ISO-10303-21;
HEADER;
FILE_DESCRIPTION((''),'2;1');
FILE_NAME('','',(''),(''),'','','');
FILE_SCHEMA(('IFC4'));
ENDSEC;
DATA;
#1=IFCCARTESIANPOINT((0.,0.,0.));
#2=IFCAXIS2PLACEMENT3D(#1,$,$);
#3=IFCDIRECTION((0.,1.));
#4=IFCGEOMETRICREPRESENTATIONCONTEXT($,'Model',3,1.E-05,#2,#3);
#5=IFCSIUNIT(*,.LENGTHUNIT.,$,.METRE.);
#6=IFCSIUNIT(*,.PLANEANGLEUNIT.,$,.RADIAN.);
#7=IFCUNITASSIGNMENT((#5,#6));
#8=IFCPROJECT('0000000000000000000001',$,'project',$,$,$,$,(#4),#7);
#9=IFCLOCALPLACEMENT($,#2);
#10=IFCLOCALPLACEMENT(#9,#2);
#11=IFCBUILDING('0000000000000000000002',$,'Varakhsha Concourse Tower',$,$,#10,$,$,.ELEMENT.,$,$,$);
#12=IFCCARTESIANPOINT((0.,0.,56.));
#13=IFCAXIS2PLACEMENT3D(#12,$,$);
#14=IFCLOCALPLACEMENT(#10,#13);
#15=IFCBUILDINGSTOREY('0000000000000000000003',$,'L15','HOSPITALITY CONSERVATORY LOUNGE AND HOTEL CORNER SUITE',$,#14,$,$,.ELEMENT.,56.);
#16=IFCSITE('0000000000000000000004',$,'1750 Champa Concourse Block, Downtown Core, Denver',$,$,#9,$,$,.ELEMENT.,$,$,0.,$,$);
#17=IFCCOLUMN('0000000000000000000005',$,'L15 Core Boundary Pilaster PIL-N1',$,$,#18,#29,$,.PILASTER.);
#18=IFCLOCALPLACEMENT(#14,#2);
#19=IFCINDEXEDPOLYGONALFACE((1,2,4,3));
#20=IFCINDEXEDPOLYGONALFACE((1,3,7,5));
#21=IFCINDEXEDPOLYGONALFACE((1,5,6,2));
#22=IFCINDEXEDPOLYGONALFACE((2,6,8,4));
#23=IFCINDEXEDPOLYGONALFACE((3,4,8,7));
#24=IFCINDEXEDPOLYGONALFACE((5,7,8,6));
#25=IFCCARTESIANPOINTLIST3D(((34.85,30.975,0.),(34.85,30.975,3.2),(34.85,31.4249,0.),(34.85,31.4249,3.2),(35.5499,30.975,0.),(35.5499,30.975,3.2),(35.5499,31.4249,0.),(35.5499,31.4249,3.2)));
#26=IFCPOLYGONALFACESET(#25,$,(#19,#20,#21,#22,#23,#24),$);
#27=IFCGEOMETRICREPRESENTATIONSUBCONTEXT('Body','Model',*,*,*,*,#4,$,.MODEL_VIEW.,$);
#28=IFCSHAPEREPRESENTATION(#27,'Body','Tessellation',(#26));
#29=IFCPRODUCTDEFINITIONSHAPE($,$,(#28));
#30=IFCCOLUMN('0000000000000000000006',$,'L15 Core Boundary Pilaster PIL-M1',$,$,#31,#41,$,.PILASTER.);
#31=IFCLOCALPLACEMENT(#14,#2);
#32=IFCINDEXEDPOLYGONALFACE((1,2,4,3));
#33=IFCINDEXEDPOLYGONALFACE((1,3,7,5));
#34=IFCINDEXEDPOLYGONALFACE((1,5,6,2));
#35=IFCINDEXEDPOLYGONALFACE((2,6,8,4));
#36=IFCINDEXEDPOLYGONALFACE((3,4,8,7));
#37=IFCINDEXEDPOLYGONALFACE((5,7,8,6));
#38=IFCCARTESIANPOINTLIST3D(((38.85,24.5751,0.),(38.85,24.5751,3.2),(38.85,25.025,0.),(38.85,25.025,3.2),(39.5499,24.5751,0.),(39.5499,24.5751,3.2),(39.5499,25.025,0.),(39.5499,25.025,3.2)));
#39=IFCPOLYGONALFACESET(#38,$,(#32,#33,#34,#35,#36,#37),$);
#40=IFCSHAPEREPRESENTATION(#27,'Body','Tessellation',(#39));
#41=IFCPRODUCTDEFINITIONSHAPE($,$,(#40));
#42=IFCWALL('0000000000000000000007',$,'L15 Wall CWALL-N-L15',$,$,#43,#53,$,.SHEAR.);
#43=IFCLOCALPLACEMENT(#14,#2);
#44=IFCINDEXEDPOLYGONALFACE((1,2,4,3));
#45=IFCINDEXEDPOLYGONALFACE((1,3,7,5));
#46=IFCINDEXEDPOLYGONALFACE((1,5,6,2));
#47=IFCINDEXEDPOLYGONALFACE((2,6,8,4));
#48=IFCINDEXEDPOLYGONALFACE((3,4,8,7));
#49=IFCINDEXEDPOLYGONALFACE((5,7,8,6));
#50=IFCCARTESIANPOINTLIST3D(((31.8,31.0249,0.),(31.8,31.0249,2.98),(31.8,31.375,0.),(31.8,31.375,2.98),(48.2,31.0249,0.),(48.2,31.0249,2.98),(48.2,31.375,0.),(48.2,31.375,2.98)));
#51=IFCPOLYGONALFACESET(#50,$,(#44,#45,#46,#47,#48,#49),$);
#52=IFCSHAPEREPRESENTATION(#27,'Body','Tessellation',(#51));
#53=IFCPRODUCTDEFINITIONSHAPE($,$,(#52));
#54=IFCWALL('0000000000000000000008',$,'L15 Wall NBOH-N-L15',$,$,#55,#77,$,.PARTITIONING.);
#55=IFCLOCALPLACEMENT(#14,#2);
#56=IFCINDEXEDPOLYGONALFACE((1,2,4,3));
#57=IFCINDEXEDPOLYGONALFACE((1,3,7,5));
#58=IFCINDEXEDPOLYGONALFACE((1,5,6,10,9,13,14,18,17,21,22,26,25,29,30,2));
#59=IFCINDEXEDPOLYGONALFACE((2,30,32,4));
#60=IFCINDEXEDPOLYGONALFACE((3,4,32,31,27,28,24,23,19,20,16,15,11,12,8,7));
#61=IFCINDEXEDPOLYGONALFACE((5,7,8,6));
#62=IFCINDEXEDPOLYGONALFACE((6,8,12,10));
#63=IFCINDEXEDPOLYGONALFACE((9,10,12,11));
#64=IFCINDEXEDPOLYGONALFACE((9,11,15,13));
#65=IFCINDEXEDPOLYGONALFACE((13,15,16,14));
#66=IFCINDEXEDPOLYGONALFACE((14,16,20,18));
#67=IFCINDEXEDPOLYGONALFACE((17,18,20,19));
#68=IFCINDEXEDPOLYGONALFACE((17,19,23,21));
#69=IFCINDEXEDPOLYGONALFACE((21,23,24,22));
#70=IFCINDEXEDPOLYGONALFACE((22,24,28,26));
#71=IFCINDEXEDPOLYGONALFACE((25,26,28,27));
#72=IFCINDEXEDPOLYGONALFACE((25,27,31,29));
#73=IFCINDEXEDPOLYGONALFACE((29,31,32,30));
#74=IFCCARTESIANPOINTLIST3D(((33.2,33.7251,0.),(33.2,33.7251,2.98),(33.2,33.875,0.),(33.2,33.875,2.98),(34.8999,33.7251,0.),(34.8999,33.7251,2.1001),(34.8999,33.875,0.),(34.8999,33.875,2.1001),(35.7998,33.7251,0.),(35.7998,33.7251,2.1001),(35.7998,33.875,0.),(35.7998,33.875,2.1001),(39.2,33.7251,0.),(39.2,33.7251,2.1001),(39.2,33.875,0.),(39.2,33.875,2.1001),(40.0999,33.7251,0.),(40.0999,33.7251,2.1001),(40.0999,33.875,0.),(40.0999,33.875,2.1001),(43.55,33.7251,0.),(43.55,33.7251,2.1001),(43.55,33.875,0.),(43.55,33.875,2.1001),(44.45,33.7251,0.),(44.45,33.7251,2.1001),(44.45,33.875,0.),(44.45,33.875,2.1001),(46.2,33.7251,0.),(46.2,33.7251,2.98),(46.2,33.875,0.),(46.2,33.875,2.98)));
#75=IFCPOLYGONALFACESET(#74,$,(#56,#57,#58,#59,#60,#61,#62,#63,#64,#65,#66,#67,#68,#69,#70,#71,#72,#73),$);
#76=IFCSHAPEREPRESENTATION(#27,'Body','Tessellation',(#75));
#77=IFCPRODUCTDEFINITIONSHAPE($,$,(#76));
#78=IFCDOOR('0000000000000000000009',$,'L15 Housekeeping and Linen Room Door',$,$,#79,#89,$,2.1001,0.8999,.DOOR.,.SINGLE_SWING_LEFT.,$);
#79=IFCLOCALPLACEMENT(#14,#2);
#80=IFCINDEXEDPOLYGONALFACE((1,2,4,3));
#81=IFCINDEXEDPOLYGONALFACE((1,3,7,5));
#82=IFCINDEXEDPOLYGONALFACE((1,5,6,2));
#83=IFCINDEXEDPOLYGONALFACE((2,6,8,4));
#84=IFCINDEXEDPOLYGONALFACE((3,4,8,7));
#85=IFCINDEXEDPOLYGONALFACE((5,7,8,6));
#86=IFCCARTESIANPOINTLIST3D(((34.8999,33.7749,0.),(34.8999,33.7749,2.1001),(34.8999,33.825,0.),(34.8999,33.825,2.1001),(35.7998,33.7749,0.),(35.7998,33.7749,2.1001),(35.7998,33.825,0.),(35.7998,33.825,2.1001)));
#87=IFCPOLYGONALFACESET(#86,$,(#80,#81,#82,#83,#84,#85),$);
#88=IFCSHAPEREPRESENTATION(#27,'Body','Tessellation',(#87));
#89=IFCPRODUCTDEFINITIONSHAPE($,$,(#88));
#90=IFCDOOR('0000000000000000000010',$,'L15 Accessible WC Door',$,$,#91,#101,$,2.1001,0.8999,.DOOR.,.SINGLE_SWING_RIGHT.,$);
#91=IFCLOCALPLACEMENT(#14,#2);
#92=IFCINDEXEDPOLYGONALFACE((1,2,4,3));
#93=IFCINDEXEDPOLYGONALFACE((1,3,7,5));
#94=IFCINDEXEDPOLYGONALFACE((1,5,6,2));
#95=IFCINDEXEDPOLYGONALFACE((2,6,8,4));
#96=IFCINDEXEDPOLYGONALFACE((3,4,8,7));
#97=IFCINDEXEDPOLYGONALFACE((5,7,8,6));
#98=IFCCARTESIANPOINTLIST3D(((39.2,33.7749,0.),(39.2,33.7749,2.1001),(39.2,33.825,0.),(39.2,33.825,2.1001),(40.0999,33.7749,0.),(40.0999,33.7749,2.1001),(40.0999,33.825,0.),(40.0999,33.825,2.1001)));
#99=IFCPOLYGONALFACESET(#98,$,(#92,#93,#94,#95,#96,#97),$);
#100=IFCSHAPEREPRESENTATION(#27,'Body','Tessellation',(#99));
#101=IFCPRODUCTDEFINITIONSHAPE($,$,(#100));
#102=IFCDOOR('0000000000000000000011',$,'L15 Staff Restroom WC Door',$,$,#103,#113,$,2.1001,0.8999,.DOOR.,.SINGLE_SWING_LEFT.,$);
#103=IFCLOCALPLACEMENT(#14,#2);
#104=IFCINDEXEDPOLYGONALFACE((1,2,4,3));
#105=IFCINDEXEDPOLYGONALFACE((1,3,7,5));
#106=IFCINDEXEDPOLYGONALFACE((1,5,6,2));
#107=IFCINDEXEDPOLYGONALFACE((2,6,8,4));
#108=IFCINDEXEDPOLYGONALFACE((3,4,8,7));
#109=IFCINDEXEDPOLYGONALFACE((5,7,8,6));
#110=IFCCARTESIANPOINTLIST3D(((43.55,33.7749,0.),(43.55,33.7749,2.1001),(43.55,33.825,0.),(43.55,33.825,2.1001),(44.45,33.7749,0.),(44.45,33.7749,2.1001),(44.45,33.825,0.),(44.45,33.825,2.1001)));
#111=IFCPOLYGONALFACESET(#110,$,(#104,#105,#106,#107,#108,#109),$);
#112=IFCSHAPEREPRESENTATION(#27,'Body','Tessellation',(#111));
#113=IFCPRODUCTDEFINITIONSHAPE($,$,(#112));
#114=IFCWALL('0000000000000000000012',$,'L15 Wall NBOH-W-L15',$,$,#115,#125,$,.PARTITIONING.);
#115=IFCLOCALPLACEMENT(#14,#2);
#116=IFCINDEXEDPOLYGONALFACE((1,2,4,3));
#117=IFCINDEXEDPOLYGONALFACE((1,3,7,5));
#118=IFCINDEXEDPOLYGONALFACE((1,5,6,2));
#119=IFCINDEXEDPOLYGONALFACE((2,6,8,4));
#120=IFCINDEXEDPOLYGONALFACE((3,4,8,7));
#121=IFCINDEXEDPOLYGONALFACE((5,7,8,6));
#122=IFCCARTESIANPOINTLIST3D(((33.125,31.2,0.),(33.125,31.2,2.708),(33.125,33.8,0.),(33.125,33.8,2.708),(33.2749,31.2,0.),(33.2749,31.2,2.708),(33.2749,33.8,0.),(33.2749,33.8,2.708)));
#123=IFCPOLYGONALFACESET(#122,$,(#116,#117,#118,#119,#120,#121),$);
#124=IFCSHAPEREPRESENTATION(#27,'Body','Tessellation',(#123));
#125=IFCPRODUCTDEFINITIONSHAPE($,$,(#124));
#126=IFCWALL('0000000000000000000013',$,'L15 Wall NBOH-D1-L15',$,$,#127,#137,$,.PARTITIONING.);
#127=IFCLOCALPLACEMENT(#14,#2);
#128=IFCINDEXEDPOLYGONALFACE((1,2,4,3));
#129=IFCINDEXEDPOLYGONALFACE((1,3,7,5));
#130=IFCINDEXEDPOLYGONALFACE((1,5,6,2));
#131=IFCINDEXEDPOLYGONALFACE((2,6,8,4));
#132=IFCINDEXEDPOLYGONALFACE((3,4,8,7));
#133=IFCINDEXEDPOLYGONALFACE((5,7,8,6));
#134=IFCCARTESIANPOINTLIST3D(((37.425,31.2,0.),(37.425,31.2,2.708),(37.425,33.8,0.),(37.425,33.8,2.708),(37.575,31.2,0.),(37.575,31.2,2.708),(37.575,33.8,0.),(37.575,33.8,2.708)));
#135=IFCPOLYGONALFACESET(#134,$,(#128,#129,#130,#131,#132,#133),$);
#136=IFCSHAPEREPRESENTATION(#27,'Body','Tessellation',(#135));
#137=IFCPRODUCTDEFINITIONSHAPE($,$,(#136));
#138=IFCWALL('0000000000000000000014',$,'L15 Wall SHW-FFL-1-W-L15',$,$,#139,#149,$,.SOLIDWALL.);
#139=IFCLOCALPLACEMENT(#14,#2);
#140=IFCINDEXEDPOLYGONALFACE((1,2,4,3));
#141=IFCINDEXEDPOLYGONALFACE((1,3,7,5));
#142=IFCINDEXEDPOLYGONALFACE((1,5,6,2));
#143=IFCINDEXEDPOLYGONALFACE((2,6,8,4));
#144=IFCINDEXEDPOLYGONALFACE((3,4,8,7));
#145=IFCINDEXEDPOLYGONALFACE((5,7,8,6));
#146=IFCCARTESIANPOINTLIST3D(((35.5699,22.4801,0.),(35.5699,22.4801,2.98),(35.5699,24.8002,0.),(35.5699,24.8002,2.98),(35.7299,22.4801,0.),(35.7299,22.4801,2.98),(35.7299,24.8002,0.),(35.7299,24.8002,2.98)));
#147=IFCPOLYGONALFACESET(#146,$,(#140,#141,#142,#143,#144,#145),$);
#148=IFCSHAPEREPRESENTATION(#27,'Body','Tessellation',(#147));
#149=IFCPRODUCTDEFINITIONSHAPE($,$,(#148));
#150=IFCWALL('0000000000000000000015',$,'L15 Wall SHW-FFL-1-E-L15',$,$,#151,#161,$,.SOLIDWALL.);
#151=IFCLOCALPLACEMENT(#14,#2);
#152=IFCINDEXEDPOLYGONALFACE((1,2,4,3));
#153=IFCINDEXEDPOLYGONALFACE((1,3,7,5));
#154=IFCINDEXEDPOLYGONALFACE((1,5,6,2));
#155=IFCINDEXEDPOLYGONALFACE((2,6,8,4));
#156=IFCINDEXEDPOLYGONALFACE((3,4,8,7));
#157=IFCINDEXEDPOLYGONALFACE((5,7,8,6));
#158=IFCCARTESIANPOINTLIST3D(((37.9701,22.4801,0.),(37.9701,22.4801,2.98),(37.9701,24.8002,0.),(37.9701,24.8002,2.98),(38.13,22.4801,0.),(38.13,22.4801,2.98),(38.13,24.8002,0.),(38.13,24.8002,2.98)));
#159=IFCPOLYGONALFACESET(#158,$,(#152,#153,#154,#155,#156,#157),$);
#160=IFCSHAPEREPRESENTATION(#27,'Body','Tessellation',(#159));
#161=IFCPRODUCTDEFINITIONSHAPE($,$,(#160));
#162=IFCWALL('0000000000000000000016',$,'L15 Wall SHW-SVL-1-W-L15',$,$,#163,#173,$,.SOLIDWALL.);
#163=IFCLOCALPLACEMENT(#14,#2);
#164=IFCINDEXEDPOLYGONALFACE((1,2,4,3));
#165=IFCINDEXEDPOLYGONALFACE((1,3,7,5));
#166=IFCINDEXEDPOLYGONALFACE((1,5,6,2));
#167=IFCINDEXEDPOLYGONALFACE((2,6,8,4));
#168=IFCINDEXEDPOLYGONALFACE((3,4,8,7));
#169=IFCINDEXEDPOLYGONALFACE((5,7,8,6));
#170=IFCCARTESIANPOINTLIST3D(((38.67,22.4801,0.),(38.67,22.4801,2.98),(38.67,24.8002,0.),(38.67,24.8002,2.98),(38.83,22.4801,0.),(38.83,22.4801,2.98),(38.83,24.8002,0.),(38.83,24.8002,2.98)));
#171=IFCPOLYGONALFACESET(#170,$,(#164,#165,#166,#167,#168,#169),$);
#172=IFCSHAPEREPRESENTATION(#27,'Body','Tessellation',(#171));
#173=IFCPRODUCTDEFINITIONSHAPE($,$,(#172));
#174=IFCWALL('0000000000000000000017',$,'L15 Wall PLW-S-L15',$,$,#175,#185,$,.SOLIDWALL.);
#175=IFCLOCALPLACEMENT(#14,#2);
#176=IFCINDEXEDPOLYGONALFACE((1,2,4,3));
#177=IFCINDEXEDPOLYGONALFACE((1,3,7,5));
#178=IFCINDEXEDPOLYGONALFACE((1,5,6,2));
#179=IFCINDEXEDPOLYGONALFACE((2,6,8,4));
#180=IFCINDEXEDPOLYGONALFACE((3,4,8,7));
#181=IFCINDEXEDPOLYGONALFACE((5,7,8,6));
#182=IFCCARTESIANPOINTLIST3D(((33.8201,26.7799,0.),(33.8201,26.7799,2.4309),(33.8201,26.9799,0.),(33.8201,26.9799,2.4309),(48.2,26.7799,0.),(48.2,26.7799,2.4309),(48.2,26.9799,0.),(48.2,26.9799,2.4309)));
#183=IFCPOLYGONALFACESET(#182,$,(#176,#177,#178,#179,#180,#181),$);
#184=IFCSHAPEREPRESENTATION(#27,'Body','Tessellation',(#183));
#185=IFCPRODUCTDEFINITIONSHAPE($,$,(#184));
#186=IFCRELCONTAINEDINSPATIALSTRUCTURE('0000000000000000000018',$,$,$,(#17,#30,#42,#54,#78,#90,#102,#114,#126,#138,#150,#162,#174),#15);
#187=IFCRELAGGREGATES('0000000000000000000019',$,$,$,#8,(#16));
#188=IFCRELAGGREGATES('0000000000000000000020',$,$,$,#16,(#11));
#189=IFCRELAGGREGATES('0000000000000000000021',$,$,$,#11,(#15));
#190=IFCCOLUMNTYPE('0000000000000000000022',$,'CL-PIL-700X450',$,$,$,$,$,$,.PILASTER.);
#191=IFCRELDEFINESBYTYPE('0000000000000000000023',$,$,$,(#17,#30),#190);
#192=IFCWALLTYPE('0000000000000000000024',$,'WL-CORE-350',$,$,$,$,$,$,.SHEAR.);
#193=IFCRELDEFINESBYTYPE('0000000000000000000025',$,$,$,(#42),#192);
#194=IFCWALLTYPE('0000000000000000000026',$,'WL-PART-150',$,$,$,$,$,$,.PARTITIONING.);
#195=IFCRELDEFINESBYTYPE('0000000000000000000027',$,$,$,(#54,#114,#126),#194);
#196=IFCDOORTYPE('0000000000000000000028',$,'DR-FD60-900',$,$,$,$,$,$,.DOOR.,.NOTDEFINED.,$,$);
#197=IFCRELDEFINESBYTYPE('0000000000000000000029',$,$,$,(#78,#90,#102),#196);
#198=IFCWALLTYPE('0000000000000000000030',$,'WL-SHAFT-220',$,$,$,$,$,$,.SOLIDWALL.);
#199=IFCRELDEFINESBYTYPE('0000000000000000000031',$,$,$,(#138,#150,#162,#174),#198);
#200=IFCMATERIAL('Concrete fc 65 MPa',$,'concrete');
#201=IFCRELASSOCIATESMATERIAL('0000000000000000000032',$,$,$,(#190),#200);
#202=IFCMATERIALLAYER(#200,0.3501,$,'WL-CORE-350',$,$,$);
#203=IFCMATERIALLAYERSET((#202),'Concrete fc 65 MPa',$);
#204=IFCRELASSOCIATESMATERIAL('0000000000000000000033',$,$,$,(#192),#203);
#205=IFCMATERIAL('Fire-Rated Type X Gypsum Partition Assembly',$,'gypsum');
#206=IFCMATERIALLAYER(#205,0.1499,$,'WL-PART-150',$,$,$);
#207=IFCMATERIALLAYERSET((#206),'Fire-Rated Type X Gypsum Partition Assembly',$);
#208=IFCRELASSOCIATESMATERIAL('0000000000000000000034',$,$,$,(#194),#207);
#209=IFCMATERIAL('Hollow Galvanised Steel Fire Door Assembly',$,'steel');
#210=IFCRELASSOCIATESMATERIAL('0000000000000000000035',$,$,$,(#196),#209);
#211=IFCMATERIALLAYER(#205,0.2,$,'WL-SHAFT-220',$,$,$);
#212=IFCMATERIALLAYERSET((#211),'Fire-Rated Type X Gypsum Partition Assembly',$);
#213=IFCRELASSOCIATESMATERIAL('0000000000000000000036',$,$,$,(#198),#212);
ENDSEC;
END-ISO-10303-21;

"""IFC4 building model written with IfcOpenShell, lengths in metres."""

from ifc_helpers import new_model, si_unit, direction, frame, frame_2d, origin, origin_2d, place, context, subcontext, project, spatial, rectangle, extrude, material, layer, layer_set, material_profile, profile_set, type_object, element, fill, save


model = new_model("IFC4")

# Units and contexts
model_context = context("Model", 3, precision=1e-05, world=origin(), true_north=direction((0.0, 1.0)))
body_context = subcontext(model_context, "Body", "Model", "MODEL_VIEW")
ifc_project = project(units=[si_unit("LENGTHUNIT", "METRE"), si_unit("PLANEANGLEUNIT", "RADIAN")], contexts=[model_context])

# Site, building, storey
site_placement = place(None, origin())
site = spatial("IfcSite", under=ifc_project, at=site_placement, Name="1750 Champa Concourse Block, Downtown Core, Denver", CompositionType="ELEMENT", RefElevation=0.0)
building_placement = place(site_placement, origin())
building = spatial("IfcBuilding", under=site, at=building_placement, Name="Varakhsha Concourse Tower", CompositionType="ELEMENT")
storey_placement = place(building_placement, frame((0.0, 0.0, 56.0)))
storey = spatial("IfcBuildingStorey", under=building, at=storey_placement, Name="L15", Description="HOSPITALITY CONSERVATORY LOUNGE AND HOTEL CORNER SUITE", CompositionType="ELEMENT", Elevation=56.0)

# Columns
ifc_material_1 = material(Name="Concrete fc 65 MPa", Category="concrete")
ifc_material_profile = material_profile(ifc_material_1, rectangle(XDim=0.7, YDim=0.45, at=origin_2d()), Name="RC 700x450")
ifc_profile_set = profile_set([ifc_material_profile], Name="Concrete fc 65 MPa")
column_type = type_object("IfcColumnType", Name="CL-PIL-700X450", PredefinedType="PILASTER", material=ifc_profile_set)
for number, where, z_axis, x_axis, name in (
    (1, (35.2, 31.2, 0.0), (0.0, 0.0, 1.0), (1.0, 0.0, 0.0), "L15 Core Boundary Pilaster PIL-N1"),
    (2, (39.2, 24.8, 0.0), (0.0, 0.0, 1.0), (1.0, 0.0, 0.0), "L15 Core Boundary Pilaster PIL-M1"),
):
    element("IfcColumn", number, at=place(storey_placement, frame(where, z_axis=z_axis, x_axis=x_axis)), inside=storey, type_object=column_type, Name=name, PredefinedType="PILASTER", context=body_context, shape_type="SweptSolid", body=[
        extrude(rectangle(XDim=0.7, YDim=0.45, at=origin_2d()), origin(), (0.0, 0.0, 1.0), 3.2),
    ])

# Wall
ifc_layer_1 = layer(ifc_material_1, 0.3501, Name="WL-CORE-350")
ifc_layer_set_1 = layer_set([ifc_layer_1], Name="Concrete fc 65 MPa")
wall_type_1 = type_object("IfcWallType", Name="WL-CORE-350", PredefinedType="SHEAR", material=ifc_layer_set_1)
wall_1_placement = place(storey_placement, frame((31.8, 31.2, 0.0), z_axis=(0.0, 0.0, 1.0), x_axis=(1.0, 0.0, 0.0)))
element("IfcWall", 3, at=wall_1_placement, inside=storey, type_object=wall_type_1, Name="L15 Wall CWALL-N-L15", PredefinedType="SHEAR", context=body_context, shape_type="SweptSolid", body=[
    extrude(rectangle(XDim=16.3999, YDim=0.3501, at=frame_2d((8.2, 0.0))), origin(), (0.0, 0.0, 1.0), 2.98),
])

# Wall, openings, doors
ifc_material_2 = material(Name="Fire-Rated Type X Gypsum Partition Assembly", Category="gypsum")
ifc_layer_2 = layer(ifc_material_2, 0.1499, Name="WL-PART-150")
ifc_layer_set_2 = layer_set([ifc_layer_2], Name="Fire-Rated Type X Gypsum Partition Assembly")
wall_type_2 = type_object("IfcWallType", Name="WL-PART-150", PredefinedType="PARTITIONING", material=ifc_layer_set_2)
wall_2_placement = place(storey_placement, frame((33.2, 33.8, 0.0), z_axis=(0.0, 0.0, 1.0), x_axis=(1.0, 0.0, 0.0)))
wall_2 = element("IfcWall", 4, at=wall_2_placement, inside=storey, type_object=wall_type_2, Name="L15 Wall NBOH-N-L15", PredefinedType="PARTITIONING", context=body_context, shape_type="SweptSolid", body=[
    extrude(rectangle(XDim=13.0, YDim=0.1499, at=frame_2d((6.5, 0.0))), origin(), (0.0, 0.0, 1.0), 2.98),
])
opening_1_placement = place(wall_2_placement, frame((1.7, 0.0, 0.0)))
opening_1 = element("IfcOpeningElement", 5, at=opening_1_placement, cuts=wall_2, PredefinedType="OPENING", context=body_context, shape_type="SweptSolid", body=[
    extrude(rectangle(XDim=0.8999, YDim=2.1001, at=frame_2d((0.45, 1.05))), frame((0.0, 0.085, 0.0), z_axis=(0.0, -1.0, 0.0), x_axis=(1.0, 0.0, 0.0)), (0.0, 0.0, 1.0), 0.1699),
])
opening_2_placement = place(wall_2_placement, frame((6.0, 0.0, 0.0)))
opening_2 = element("IfcOpeningElement", 6, at=opening_2_placement, cuts=wall_2, PredefinedType="OPENING", context=body_context, shape_type="SweptSolid", body=[
    extrude(rectangle(XDim=0.8999, YDim=2.1001, at=frame_2d((0.45, 1.05))), frame((0.0, 0.085, 0.0), z_axis=(0.0, -1.0, 0.0), x_axis=(1.0, 0.0, 0.0)), (0.0, 0.0, 1.0), 0.1699),
])
opening_3_placement = place(wall_2_placement, frame((10.3501, 0.0, 0.0)))
opening_3 = element("IfcOpeningElement", 7, at=opening_3_placement, cuts=wall_2, PredefinedType="OPENING", context=body_context, shape_type="SweptSolid", body=[
    extrude(rectangle(XDim=0.8999, YDim=2.1001, at=frame_2d((0.45, 1.05))), frame((0.0, 0.085, 0.0), z_axis=(0.0, -1.0, 0.0), x_axis=(1.0, 0.0, 0.0)), (0.0, 0.0, 1.0), 0.1699),
])
ifc_material_3 = material(Name="Hollow Galvanised Steel Fire Door Assembly", Category="steel")
door_type_1 = type_object("IfcDoorType", Name="DR-FD60-900", OperationType="NOTDEFINED", PredefinedType="DOOR", material=ifc_material_3)
door_1_placement = place(opening_1_placement, origin())
door_1 = element("IfcDoor", 8, at=door_1_placement, inside=storey, type_object=door_type_1, Name="L15 Housekeeping and Linen Room Door", OperationType="SINGLE_SWING_LEFT", OverallHeight=2.1001, OverallWidth=0.8999, PredefinedType="DOOR", context=body_context, shape_type="SweptSolid", body=[
    extrude(rectangle(XDim=0.8999, YDim=2.1001, at=frame_2d((0.45, 1.05))), frame((0.0, 0.0249, 0.0), z_axis=(0.0, -1.0, 0.0), x_axis=(1.0, 0.0, 0.0)), (0.0, 0.0, 1.0), 0.05),
])
fill(opening_1, door_1)
door_2_placement = place(opening_2_placement, origin())
door_2 = element("IfcDoor", 9, at=door_2_placement, inside=storey, type_object=door_type_1, Name="L15 Accessible WC Door", OperationType="SINGLE_SWING_RIGHT", OverallHeight=2.1001, OverallWidth=0.8999, PredefinedType="DOOR", context=body_context, shape_type="SweptSolid", body=[
    extrude(rectangle(XDim=0.8999, YDim=2.1001, at=frame_2d((0.45, 1.05))), frame((0.0, 0.0249, 0.0), z_axis=(0.0, -1.0, 0.0), x_axis=(1.0, 0.0, 0.0)), (0.0, 0.0, 1.0), 0.05),
])
fill(opening_2, door_2)
door_3_placement = place(opening_3_placement, origin())
door_3 = element("IfcDoor", 10, at=door_3_placement, inside=storey, type_object=door_type_1, Name="L15 Staff Restroom WC Door", OperationType="SINGLE_SWING_LEFT", OverallHeight=2.1001, OverallWidth=0.8999, PredefinedType="DOOR", context=body_context, shape_type="SweptSolid", body=[
    extrude(rectangle(XDim=0.8999, YDim=2.1001, at=frame_2d((0.45, 1.05))), frame((0.0, 0.0249, 0.0), z_axis=(0.0, -1.0, 0.0), x_axis=(1.0, 0.0, 0.0)), (0.0, 0.0, 1.0), 0.05),
])
fill(opening_3, door_3)

# Walls
for number, where, z_axis, x_axis, name in (
    (11, (33.2, 31.2, 0.0), (0.0, 0.0, 1.0), (0.0, 1.0, 0.0), "L15 Wall NBOH-W-L15"),
    (12, (37.5, 31.2, 0.0), (0.0, 0.0, 1.0), (0.0, 1.0, 0.0), "L15 Wall NBOH-D1-L15"),
):
    element("IfcWall", number, at=place(storey_placement, frame(where, z_axis=z_axis, x_axis=x_axis)), inside=storey, type_object=wall_type_2, Name=name, PredefinedType="PARTITIONING", context=body_context, shape_type="SweptSolid", body=[
        extrude(rectangle(XDim=2.6001, YDim=0.1499, at=frame_2d((1.3, 0.0))), origin(), (0.0, 0.0, 1.0), 2.708),
    ])
ifc_layer_3 = layer(ifc_material_2, 0.2, Name="WL-SHAFT-220")
ifc_layer_set_3 = layer_set([ifc_layer_3], Name="Fire-Rated Type X Gypsum Partition Assembly")
wall_type_3 = type_object("IfcWallType", Name="WL-SHAFT-220", PredefinedType="SOLIDWALL", material=ifc_layer_set_3)
for number, where, z_axis, x_axis, name in (
    (13, (35.6499, 22.48, 0.0), (0.0, 0.0, 1.0), (0.0, 1.0, 0.0), "L15 Wall SHW-FFL-1-W-L15"),
    (14, (38.05, 22.48, 0.0), (0.0, 0.0, 1.0), (0.0, 1.0, 0.0), "L15 Wall SHW-FFL-1-E-L15"),
    (15, (38.75, 22.48, 0.0), (0.0, 0.0, 1.0), (0.0, 1.0, 0.0), "L15 Wall SHW-SVL-1-W-L15"),
):
    element("IfcWall", number, at=place(storey_placement, frame(where, z_axis=z_axis, x_axis=x_axis)), inside=storey, type_object=wall_type_3, Name=name, PredefinedType="SOLIDWALL", context=body_context, shape_type="SweptSolid", body=[
        extrude(rectangle(XDim=2.3201, YDim=0.1599, at=frame_2d((1.1602, 0.0))), origin(), (0.0, 0.0, 1.0), 2.98),
    ])

# Wall
wall_3_placement = place(storey_placement, frame((33.8201, 26.8799, 0.0), z_axis=(0.0, 0.0, 1.0), x_axis=(1.0, 0.0, 0.0)))
element("IfcWall", 16, at=wall_3_placement, inside=storey, type_object=wall_type_3, Name="L15 Wall PLW-S-L15", PredefinedType="SOLIDWALL", context=body_context, shape_type="SweptSolid", body=[
    extrude(rectangle(XDim=14.3799, YDim=0.2, at=frame_2d((7.1899, 0.0))), origin(), (0.0, 0.0, 1.0), 2.4309),
])

save(model, "model.ifc")
